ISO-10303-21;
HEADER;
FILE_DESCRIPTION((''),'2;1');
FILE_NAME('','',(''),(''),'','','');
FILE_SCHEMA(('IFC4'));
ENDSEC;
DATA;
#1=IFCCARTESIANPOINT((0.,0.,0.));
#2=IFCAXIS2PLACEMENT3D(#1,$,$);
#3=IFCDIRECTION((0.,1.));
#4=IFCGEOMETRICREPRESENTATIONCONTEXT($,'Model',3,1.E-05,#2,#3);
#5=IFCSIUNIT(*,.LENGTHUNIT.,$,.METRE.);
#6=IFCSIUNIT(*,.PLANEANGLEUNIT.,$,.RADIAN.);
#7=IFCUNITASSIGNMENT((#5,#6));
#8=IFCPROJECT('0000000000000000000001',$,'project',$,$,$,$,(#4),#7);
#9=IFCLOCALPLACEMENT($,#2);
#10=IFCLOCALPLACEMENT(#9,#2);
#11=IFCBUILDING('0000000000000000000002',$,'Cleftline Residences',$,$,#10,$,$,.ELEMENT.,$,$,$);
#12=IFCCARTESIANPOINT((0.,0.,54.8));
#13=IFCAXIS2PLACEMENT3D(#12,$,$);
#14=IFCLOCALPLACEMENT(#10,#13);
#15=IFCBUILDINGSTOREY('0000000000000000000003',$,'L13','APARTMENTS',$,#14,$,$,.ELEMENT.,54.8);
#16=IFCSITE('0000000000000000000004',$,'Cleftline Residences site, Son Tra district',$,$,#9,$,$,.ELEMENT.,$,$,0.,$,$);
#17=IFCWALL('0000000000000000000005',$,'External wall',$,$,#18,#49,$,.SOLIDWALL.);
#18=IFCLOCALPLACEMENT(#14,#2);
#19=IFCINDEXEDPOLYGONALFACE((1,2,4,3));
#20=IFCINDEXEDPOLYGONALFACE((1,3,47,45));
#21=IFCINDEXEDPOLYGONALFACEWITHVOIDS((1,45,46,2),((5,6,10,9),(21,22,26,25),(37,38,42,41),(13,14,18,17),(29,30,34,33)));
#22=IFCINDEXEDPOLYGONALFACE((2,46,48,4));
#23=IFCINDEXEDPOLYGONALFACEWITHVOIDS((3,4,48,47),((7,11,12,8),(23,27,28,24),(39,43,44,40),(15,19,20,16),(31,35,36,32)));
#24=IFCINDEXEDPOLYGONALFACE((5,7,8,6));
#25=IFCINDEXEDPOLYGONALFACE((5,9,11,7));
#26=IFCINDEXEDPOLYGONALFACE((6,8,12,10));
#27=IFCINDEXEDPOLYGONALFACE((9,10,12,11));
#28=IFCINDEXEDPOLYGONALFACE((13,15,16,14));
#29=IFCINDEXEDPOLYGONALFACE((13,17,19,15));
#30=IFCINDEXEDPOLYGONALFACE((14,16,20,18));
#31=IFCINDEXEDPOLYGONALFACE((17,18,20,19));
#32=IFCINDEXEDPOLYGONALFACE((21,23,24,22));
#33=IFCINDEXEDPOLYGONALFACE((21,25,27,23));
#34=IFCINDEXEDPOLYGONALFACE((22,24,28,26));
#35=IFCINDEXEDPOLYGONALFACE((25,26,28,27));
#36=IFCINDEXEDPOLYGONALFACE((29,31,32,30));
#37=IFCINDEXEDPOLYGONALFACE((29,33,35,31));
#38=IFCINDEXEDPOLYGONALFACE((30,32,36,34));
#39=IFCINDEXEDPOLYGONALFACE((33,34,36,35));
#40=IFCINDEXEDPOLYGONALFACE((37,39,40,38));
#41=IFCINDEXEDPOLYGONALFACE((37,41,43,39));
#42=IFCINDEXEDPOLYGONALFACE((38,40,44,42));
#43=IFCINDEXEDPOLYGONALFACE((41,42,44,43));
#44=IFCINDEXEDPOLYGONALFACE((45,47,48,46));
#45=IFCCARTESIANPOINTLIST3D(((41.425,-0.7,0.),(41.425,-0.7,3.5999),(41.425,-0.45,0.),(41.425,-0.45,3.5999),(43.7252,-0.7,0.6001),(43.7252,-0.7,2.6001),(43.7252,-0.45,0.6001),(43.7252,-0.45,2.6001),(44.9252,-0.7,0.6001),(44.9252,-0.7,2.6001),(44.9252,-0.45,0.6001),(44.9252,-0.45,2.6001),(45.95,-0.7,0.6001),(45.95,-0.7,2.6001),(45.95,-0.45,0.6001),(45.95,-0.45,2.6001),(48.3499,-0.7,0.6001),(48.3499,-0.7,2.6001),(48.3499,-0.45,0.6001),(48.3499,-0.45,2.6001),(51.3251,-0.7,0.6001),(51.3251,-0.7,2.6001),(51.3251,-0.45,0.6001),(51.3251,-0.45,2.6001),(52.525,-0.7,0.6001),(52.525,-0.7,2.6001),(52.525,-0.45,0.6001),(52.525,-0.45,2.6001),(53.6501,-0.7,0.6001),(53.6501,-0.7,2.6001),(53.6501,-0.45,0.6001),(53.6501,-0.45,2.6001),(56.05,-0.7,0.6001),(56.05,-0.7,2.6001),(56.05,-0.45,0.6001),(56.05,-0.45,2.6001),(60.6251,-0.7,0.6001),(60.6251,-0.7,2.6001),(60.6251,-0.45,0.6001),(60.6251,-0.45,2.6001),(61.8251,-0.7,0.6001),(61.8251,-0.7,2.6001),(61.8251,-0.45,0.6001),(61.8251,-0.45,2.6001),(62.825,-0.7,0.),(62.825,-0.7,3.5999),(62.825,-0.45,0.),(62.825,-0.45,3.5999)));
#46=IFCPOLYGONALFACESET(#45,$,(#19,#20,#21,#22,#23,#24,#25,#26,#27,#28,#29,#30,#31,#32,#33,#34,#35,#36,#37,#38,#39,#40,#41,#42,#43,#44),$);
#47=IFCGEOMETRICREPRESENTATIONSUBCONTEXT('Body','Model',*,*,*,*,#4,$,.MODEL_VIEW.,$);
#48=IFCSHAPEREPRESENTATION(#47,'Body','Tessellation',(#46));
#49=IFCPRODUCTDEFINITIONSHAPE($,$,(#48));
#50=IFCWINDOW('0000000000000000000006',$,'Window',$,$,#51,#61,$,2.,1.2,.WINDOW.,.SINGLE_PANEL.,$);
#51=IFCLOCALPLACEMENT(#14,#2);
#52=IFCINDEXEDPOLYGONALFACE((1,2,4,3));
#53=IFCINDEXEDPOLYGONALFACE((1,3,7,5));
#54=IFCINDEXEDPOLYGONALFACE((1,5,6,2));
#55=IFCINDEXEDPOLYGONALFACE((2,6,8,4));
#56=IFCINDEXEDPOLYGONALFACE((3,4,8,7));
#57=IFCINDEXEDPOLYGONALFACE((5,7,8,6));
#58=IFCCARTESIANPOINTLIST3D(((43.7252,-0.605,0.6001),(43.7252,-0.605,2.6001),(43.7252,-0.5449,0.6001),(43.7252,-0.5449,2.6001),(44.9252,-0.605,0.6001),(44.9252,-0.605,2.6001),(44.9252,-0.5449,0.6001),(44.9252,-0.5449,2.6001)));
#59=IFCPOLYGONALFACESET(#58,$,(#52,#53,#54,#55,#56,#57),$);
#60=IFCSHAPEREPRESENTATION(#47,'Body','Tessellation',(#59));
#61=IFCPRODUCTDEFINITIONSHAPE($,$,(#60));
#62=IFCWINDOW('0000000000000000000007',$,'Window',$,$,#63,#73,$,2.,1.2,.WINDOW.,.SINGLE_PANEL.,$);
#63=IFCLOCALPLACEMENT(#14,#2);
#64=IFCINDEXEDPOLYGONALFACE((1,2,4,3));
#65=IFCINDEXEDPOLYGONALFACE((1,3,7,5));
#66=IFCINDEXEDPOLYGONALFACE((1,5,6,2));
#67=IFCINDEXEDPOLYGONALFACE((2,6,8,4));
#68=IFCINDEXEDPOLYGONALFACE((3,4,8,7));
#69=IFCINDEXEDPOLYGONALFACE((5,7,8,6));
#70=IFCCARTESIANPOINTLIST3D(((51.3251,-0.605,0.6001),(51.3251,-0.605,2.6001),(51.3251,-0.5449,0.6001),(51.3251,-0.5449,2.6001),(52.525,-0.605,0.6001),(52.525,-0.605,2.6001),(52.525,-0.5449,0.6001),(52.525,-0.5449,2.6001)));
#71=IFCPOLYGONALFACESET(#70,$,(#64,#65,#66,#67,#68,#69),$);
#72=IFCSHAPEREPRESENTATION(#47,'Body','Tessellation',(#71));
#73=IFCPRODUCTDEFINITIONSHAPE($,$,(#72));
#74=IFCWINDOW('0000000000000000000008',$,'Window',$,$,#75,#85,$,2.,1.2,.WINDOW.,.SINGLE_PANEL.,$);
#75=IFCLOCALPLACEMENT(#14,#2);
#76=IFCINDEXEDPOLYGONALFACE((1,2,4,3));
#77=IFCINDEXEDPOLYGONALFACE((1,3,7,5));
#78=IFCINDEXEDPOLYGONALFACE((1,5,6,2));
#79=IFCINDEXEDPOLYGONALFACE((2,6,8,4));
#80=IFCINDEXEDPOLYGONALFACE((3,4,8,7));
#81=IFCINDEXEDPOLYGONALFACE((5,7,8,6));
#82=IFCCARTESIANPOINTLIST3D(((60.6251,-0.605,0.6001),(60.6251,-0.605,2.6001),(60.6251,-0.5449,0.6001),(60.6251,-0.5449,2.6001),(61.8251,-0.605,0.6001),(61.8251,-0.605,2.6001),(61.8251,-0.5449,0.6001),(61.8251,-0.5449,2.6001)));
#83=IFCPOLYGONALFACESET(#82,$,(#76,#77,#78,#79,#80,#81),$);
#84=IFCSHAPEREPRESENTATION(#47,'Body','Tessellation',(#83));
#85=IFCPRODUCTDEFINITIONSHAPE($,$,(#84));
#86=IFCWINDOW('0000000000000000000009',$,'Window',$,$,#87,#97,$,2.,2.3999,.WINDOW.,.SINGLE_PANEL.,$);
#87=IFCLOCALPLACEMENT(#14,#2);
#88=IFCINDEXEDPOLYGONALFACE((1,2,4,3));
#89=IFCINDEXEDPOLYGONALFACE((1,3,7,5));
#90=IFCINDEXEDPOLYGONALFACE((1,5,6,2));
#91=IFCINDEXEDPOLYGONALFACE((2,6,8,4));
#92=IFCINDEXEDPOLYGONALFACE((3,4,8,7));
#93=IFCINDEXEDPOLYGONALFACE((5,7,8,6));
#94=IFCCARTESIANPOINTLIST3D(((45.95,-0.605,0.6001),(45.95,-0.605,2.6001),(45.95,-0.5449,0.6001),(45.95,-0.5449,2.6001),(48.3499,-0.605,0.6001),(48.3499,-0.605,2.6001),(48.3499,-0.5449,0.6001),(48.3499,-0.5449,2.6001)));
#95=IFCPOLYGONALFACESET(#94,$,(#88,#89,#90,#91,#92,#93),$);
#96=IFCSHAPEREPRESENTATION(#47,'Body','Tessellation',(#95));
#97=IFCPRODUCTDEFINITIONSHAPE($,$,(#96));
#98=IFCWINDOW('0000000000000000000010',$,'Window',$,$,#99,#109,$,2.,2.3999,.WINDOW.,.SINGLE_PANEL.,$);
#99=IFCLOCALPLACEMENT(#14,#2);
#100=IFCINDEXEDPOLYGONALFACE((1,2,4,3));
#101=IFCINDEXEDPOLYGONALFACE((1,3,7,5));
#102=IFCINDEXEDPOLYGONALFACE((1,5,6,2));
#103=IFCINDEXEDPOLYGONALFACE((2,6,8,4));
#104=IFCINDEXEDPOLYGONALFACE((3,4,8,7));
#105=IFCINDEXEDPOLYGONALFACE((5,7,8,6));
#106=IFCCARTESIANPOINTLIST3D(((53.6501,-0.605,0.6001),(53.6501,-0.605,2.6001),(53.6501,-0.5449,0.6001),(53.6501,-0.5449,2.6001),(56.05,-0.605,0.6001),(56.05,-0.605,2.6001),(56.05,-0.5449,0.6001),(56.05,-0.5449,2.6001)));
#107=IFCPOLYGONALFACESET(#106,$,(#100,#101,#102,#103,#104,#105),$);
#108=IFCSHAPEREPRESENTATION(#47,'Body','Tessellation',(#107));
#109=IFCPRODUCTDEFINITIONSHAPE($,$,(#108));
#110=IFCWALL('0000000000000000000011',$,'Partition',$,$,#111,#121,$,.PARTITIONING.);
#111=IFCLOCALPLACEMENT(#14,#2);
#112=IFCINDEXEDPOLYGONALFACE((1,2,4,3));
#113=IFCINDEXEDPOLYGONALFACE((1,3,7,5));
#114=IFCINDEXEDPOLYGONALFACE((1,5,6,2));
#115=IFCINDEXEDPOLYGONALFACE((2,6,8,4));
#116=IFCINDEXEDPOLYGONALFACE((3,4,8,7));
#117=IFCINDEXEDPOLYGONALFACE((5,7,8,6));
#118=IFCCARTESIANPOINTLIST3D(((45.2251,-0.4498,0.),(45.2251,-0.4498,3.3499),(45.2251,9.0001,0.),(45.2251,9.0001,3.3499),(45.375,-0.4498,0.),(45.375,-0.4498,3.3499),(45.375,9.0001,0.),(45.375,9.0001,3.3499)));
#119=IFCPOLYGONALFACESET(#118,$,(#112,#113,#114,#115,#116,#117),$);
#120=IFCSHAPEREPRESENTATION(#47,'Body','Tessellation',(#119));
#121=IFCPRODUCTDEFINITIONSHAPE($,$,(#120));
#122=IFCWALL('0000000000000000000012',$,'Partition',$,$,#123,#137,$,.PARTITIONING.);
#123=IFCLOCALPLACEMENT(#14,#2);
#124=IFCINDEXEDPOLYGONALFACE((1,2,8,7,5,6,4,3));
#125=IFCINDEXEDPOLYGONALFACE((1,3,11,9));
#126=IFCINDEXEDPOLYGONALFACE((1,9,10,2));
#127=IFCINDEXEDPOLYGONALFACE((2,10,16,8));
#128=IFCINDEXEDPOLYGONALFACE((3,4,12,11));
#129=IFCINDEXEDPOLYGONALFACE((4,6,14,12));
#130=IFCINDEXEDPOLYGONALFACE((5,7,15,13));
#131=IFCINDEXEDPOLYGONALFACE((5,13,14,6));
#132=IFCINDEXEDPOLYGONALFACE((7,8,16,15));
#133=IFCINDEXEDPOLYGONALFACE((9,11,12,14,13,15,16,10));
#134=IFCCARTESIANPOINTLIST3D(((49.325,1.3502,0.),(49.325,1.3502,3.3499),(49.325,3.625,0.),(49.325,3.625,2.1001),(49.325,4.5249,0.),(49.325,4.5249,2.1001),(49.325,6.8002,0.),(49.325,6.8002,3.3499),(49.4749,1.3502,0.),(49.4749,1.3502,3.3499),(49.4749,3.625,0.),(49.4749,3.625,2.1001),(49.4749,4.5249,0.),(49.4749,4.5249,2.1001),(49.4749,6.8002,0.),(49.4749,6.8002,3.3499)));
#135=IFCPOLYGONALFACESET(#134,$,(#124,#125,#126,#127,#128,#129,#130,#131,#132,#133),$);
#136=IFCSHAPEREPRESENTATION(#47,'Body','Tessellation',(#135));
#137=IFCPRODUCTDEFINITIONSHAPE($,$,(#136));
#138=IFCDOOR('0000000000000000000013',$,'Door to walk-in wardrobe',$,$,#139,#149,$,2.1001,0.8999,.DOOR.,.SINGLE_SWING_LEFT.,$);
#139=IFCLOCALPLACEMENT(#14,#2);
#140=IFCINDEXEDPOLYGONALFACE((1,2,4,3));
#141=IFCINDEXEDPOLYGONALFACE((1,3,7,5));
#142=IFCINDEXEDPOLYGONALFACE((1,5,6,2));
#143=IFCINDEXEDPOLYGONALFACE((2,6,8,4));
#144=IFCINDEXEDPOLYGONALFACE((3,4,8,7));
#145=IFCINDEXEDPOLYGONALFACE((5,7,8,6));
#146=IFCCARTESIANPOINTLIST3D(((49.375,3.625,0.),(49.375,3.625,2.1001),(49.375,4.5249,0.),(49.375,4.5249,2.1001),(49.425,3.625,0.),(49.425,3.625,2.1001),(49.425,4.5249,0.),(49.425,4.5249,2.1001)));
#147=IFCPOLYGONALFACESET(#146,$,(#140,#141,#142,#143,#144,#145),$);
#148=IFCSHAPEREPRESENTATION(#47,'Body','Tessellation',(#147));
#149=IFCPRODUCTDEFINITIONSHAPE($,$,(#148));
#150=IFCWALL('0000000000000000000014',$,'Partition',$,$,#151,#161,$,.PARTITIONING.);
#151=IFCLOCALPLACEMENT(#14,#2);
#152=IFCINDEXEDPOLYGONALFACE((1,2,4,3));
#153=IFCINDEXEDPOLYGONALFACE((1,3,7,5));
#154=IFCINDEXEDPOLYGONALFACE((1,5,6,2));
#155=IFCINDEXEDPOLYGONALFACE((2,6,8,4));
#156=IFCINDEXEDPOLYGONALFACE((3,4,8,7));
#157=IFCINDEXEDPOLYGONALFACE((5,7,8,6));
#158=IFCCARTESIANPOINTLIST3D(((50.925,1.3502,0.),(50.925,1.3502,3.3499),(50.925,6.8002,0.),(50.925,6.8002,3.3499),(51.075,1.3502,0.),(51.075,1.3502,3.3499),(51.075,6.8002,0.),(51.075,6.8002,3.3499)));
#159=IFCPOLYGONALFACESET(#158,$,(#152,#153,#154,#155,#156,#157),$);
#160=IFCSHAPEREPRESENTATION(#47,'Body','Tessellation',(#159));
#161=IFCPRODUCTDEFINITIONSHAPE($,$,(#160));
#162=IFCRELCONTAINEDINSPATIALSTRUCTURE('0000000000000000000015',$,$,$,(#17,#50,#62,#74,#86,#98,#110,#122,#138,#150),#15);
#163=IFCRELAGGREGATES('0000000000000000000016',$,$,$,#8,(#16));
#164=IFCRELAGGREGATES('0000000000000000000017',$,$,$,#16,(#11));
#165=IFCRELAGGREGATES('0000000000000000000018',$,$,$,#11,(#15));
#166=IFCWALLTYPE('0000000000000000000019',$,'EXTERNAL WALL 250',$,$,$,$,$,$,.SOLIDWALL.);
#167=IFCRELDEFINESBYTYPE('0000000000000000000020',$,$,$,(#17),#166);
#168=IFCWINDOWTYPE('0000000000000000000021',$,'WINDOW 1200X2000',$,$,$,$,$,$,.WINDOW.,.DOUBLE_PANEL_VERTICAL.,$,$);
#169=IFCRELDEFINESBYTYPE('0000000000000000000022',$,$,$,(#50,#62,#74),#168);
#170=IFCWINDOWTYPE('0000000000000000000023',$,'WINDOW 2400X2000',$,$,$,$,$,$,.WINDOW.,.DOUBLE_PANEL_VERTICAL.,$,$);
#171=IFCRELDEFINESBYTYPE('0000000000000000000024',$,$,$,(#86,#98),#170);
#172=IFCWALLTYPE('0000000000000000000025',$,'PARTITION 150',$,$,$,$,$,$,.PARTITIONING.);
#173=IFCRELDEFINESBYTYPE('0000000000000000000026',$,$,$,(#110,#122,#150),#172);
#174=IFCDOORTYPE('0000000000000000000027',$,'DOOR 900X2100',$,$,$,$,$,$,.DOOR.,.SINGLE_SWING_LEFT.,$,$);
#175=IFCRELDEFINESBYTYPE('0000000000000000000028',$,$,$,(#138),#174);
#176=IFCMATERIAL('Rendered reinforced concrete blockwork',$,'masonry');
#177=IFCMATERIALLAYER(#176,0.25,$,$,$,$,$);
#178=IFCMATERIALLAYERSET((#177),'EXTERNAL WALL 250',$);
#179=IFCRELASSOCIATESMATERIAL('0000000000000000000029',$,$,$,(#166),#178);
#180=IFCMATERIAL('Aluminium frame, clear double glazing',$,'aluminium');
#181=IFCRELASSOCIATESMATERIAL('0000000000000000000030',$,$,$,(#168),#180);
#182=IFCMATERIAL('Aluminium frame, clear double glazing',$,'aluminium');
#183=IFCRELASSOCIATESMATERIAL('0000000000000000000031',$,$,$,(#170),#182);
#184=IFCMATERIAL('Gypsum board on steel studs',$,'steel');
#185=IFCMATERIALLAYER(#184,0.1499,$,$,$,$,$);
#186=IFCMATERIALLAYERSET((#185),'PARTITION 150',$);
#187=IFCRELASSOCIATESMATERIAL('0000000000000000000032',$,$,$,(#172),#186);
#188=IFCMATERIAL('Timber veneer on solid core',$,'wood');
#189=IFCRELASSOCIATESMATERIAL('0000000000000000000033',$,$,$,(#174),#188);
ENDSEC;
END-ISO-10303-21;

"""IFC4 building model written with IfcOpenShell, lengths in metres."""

from ifc_helpers import new_model, si_unit, direction, frame, frame_2d, origin, place, context, subcontext, project, spatial, rectangle, extrude, material, layer, layer_set, type_object, element, fill, save


model = new_model("IFC4")

# Units and contexts
model_context = context("Model", 3, precision=1e-05, world=origin(), true_north=direction((0.0, 1.0)))
body_context = subcontext(model_context, "Body", "Model", "MODEL_VIEW")
ifc_project = project(units=[si_unit("LENGTHUNIT", "METRE"), si_unit("PLANEANGLEUNIT", "RADIAN")], contexts=[model_context])

# Site, building, storey
site_placement = place(None, origin())
site = spatial("IfcSite", under=ifc_project, at=site_placement, Name="Cleftline Residences site, Son Tra district", CompositionType="ELEMENT", RefElevation=0.0)
building_placement = place(site_placement, origin())
building = spatial("IfcBuilding", under=site, at=building_placement, Name="Cleftline Residences", CompositionType="ELEMENT")
storey_placement = place(building_placement, frame((0.0, 0.0, 54.8)))
storey = spatial("IfcBuildingStorey", under=building, at=storey_placement, Name="L13", Description="APARTMENTS", CompositionType="ELEMENT", Elevation=54.8)

# Wall, openings, windows
ifc_material_1 = material(Name="Rendered reinforced concrete blockwork", Category="masonry")
ifc_layer_1 = layer(ifc_material_1, 0.25)
ifc_layer_set_1 = layer_set([ifc_layer_1], Name="EXTERNAL WALL 250")
wall_type_1 = type_object("IfcWallType", Name="EXTERNAL WALL 250", PredefinedType="SOLIDWALL", material=ifc_layer_set_1)
wall_1_placement = place(storey_placement, frame((41.425, -0.575, 0.0), z_axis=(0.0, 0.0, 1.0), x_axis=(1.0, 0.0, 0.0)))
wall_1 = element("IfcWall", 1, at=wall_1_placement, inside=storey, type_object=wall_type_1, Name="External wall", PredefinedType="SOLIDWALL", context=body_context, shape_type="SweptSolid", body=[
    extrude(rectangle(XDim=21.3999, YDim=0.25, at=frame_2d((10.7, 0.0))), origin(), (0.0, 0.0, 1.0), 3.5999),
])
opening_1_placement = place(wall_1_placement, frame((2.3, 0.0, 0.6001)))
opening_1 = element("IfcOpeningElement", 2, at=opening_1_placement, cuts=wall_1, PredefinedType="OPENING", context=body_context, shape_type="SweptSolid", body=[
    extrude(rectangle(XDim=1.2, YDim=2.0, at=frame_2d((0.6001, 1.0))), frame((0.0, 0.135, 0.0), z_axis=(0.0, -1.0, 0.0), x_axis=(1.0, 0.0, 0.0)), (0.0, 0.0, 1.0), 0.27),
])
opening_2_placement = place(wall_1_placement, frame((4.5249, 0.0, 0.6001)))
opening_2 = element("IfcOpeningElement", 3, at=opening_2_placement, cuts=wall_1, PredefinedType="OPENING", context=body_context, shape_type="SweptSolid", body=[
    extrude(rectangle(XDim=2.3999, YDim=2.0, at=frame_2d((1.2, 1.0))), frame((0.0, 0.135, 0.0), z_axis=(0.0, -1.0, 0.0), x_axis=(1.0, 0.0, 0.0)), (0.0, 0.0, 1.0), 0.27),
])
opening_3_placement = place(wall_1_placement, frame((9.8999, 0.0, 0.6001)))
opening_3 = element("IfcOpeningElement", 4, at=opening_3_placement, cuts=wall_1, PredefinedType="OPENING", context=body_context, shape_type="SweptSolid", body=[
    extrude(rectangle(XDim=1.2, YDim=2.0, at=frame_2d((0.6001, 1.0))), frame((0.0, 0.135, 0.0), z_axis=(0.0, -1.0, 0.0), x_axis=(1.0, 0.0, 0.0)), (0.0, 0.0, 1.0), 0.27),
])
opening_4_placement = place(wall_1_placement, frame((12.2251, 0.0, 0.6001)))
opening_4 = element("IfcOpeningElement", 5, at=opening_4_placement, cuts=wall_1, PredefinedType="OPENING", context=body_context, shape_type="SweptSolid", body=[
    extrude(rectangle(XDim=2.3999, YDim=2.0, at=frame_2d((1.2, 1.0))), frame((0.0, 0.135, 0.0), z_axis=(0.0, -1.0, 0.0), x_axis=(1.0, 0.0, 0.0)), (0.0, 0.0, 1.0), 0.27),
])
opening_5_placement = place(wall_1_placement, frame((19.2, 0.0, 0.6001)))
opening_5 = element("IfcOpeningElement", 6, at=opening_5_placement, cuts=wall_1, PredefinedType="OPENING", context=body_context, shape_type="SweptSolid", body=[
    extrude(rectangle(XDim=1.2, YDim=2.0, at=frame_2d((0.6001, 1.0))), frame((0.0, 0.135, 0.0), z_axis=(0.0, -1.0, 0.0), x_axis=(1.0, 0.0, 0.0)), (0.0, 0.0, 1.0), 0.27),
])
ifc_material_2 = material(Name="Aluminium frame, clear double glazing", Category="aluminium")
window_type_1 = type_object("IfcWindowType", Name="WINDOW 1200X2000", PartitioningType="DOUBLE_PANEL_VERTICAL", PredefinedType="WINDOW", material=ifc_material_2)
window_1_placement = place(opening_1_placement, origin())
window_1 = element("IfcWindow", 7, at=window_1_placement, inside=storey, type_object=window_type_1, Name="Window", OverallHeight=2.0, OverallWidth=1.2, PartitioningType="SINGLE_PANEL", PredefinedType="WINDOW", context=body_context, shape_type="SweptSolid", body=[
    extrude(rectangle(XDim=1.2, YDim=2.0, at=frame_2d((0.6001, 1.0))), frame((0.0, 0.03, 0.0), z_axis=(0.0, -1.0, 0.0), x_axis=(1.0, 0.0, 0.0)), (0.0, 0.0, 1.0), 0.0601),
])
fill(opening_1, window_1)
window_2_placement = place(opening_3_placement, origin())
window_2 = element("IfcWindow", 8, at=window_2_placement, inside=storey, type_object=window_type_1, Name="Window", OverallHeight=2.0, OverallWidth=1.2, PartitioningType="SINGLE_PANEL", PredefinedType="WINDOW", context=body_context, shape_type="SweptSolid", body=[
    extrude(rectangle(XDim=1.2, YDim=2.0, at=frame_2d((0.6001, 1.0))), frame((0.0, 0.03, 0.0), z_axis=(0.0, -1.0, 0.0), x_axis=(1.0, 0.0, 0.0)), (0.0, 0.0, 1.0), 0.0601),
])
fill(opening_3, window_2)
window_3_placement = place(opening_5_placement, origin())
window_3 = element("IfcWindow", 9, at=window_3_placement, inside=storey, type_object=window_type_1, Name="Window", OverallHeight=2.0, OverallWidth=1.2, PartitioningType="SINGLE_PANEL", PredefinedType="WINDOW", context=body_context, shape_type="SweptSolid", body=[
    extrude(rectangle(XDim=1.2, YDim=2.0, at=frame_2d((0.6001, 1.0))), frame((0.0, 0.03, 0.0), z_axis=(0.0, -1.0, 0.0), x_axis=(1.0, 0.0, 0.0)), (0.0, 0.0, 1.0), 0.0601),
])
fill(opening_5, window_3)
ifc_material_3 = material(Name="Aluminium frame, clear double glazing", Category="aluminium")
window_type_2 = type_object("IfcWindowType", Name="WINDOW 2400X2000", PartitioningType="DOUBLE_PANEL_VERTICAL", PredefinedType="WINDOW", material=ifc_material_3)
window_4_placement = place(opening_2_placement, origin())
window_4 = element("IfcWindow", 10, at=window_4_placement, inside=storey, type_object=window_type_2, Name="Window", OverallHeight=2.0, OverallWidth=2.3999, PartitioningType="SINGLE_PANEL", PredefinedType="WINDOW", context=body_context, shape_type="SweptSolid", body=[
    extrude(rectangle(XDim=2.3999, YDim=2.0, at=frame_2d((1.2, 1.0))), frame((0.0, 0.03, 0.0), z_axis=(0.0, -1.0, 0.0), x_axis=(1.0, 0.0, 0.0)), (0.0, 0.0, 1.0), 0.0601),
])
fill(opening_2, window_4)
window_5_placement = place(opening_4_placement, origin())
window_5 = element("IfcWindow", 11, at=window_5_placement, inside=storey, type_object=window_type_2, Name="Window", OverallHeight=2.0, OverallWidth=2.3999, PartitioningType="SINGLE_PANEL", PredefinedType="WINDOW", context=body_context, shape_type="SweptSolid", body=[
    extrude(rectangle(XDim=2.3999, YDim=2.0, at=frame_2d((1.2, 1.0))), frame((0.0, 0.03, 0.0), z_axis=(0.0, -1.0, 0.0), x_axis=(1.0, 0.0, 0.0)), (0.0, 0.0, 1.0), 0.0601),
])
fill(opening_4, window_5)

# Wall
ifc_material_4 = material(Name="Gypsum board on steel studs", Category="steel")
ifc_layer_2 = layer(ifc_material_4, 0.1499)
ifc_layer_set_2 = layer_set([ifc_layer_2], Name="PARTITION 150")
wall_type_2 = type_object("IfcWallType", Name="PARTITION 150", PredefinedType="PARTITIONING", material=ifc_layer_set_2)
wall_2_placement = place(storey_placement, frame((45.3, -0.45, 0.0), z_axis=(0.0, 0.0, 1.0), x_axis=(0.0, 1.0, 0.0)))
element("IfcWall", 12, at=wall_2_placement, inside=storey, type_object=wall_type_2, Name="Partition", PredefinedType="PARTITIONING", context=body_context, shape_type="SweptSolid", body=[
    extrude(rectangle(XDim=9.45, YDim=0.1499, at=frame_2d((4.7251, 0.0))), origin(), (0.0, 0.0, 1.0), 3.3499),
])

# Wall, opening, door
wall_3_placement = place(storey_placement, frame((49.3999, 1.3501, 0.0), z_axis=(0.0, 0.0, 1.0), x_axis=(0.0, 1.0, 0.0)))
wall_3 = element("IfcWall", 13, at=wall_3_placement, inside=storey, type_object=wall_type_2, Name="Partition", PredefinedType="PARTITIONING", context=body_context, shape_type="SweptSolid", body=[
    extrude(rectangle(XDim=5.45, YDim=0.1499, at=frame_2d((2.7251, 0.0))), origin(), (0.0, 0.0, 1.0), 3.3499),
])
opening_6_placement = place(wall_3_placement, frame((2.2749, 0.0, 0.0)))
opening_6 = element("IfcOpeningElement", 14, at=opening_6_placement, cuts=wall_3, PredefinedType="OPENING", context=body_context, shape_type="SweptSolid", body=[
    extrude(rectangle(XDim=0.8999, YDim=2.1001, at=frame_2d((0.45, 1.05))), frame((0.0, 0.085, 0.0), z_axis=(0.0, -1.0, 0.0), x_axis=(1.0, 0.0, 0.0)), (0.0, 0.0, 1.0), 0.1699),
])
ifc_material_5 = material(Name="Timber veneer on solid core", Category="wood")
door_type = type_object("IfcDoorType", Name="DOOR 900X2100", OperationType="SINGLE_SWING_LEFT", PredefinedType="DOOR", material=ifc_material_5)
door_placement = place(opening_6_placement, origin())
door = element("IfcDoor", 15, at=door_placement, inside=storey, type_object=door_type, Name="Door to walk-in wardrobe", OperationType="SINGLE_SWING_LEFT", OverallHeight=2.1001, OverallWidth=0.8999, PredefinedType="DOOR", context=body_context, shape_type="SweptSolid", body=[
    extrude(rectangle(XDim=0.8999, YDim=2.1001, at=frame_2d((0.45, 1.05))), frame((0.0, 0.0249, 0.0), z_axis=(0.0, -1.0, 0.0), x_axis=(1.0, 0.0, 0.0)), (0.0, 0.0, 1.0), 0.05),
])
fill(opening_6, door)

# Wall
wall_4_placement = place(storey_placement, frame((51.0, 1.3501, 0.0), z_axis=(0.0, 0.0, 1.0), x_axis=(0.0, 1.0, 0.0)))
element("IfcWall", 16, at=wall_4_placement, inside=storey, type_object=wall_type_2, Name="Partition", PredefinedType="PARTITIONING", context=body_context, shape_type="SweptSolid", body=[
    extrude(rectangle(XDim=5.45, YDim=0.1499, at=frame_2d((2.7251, 0.0))), origin(), (0.0, 0.0, 1.0), 3.3499),
])

save(model, "model.ifc")
